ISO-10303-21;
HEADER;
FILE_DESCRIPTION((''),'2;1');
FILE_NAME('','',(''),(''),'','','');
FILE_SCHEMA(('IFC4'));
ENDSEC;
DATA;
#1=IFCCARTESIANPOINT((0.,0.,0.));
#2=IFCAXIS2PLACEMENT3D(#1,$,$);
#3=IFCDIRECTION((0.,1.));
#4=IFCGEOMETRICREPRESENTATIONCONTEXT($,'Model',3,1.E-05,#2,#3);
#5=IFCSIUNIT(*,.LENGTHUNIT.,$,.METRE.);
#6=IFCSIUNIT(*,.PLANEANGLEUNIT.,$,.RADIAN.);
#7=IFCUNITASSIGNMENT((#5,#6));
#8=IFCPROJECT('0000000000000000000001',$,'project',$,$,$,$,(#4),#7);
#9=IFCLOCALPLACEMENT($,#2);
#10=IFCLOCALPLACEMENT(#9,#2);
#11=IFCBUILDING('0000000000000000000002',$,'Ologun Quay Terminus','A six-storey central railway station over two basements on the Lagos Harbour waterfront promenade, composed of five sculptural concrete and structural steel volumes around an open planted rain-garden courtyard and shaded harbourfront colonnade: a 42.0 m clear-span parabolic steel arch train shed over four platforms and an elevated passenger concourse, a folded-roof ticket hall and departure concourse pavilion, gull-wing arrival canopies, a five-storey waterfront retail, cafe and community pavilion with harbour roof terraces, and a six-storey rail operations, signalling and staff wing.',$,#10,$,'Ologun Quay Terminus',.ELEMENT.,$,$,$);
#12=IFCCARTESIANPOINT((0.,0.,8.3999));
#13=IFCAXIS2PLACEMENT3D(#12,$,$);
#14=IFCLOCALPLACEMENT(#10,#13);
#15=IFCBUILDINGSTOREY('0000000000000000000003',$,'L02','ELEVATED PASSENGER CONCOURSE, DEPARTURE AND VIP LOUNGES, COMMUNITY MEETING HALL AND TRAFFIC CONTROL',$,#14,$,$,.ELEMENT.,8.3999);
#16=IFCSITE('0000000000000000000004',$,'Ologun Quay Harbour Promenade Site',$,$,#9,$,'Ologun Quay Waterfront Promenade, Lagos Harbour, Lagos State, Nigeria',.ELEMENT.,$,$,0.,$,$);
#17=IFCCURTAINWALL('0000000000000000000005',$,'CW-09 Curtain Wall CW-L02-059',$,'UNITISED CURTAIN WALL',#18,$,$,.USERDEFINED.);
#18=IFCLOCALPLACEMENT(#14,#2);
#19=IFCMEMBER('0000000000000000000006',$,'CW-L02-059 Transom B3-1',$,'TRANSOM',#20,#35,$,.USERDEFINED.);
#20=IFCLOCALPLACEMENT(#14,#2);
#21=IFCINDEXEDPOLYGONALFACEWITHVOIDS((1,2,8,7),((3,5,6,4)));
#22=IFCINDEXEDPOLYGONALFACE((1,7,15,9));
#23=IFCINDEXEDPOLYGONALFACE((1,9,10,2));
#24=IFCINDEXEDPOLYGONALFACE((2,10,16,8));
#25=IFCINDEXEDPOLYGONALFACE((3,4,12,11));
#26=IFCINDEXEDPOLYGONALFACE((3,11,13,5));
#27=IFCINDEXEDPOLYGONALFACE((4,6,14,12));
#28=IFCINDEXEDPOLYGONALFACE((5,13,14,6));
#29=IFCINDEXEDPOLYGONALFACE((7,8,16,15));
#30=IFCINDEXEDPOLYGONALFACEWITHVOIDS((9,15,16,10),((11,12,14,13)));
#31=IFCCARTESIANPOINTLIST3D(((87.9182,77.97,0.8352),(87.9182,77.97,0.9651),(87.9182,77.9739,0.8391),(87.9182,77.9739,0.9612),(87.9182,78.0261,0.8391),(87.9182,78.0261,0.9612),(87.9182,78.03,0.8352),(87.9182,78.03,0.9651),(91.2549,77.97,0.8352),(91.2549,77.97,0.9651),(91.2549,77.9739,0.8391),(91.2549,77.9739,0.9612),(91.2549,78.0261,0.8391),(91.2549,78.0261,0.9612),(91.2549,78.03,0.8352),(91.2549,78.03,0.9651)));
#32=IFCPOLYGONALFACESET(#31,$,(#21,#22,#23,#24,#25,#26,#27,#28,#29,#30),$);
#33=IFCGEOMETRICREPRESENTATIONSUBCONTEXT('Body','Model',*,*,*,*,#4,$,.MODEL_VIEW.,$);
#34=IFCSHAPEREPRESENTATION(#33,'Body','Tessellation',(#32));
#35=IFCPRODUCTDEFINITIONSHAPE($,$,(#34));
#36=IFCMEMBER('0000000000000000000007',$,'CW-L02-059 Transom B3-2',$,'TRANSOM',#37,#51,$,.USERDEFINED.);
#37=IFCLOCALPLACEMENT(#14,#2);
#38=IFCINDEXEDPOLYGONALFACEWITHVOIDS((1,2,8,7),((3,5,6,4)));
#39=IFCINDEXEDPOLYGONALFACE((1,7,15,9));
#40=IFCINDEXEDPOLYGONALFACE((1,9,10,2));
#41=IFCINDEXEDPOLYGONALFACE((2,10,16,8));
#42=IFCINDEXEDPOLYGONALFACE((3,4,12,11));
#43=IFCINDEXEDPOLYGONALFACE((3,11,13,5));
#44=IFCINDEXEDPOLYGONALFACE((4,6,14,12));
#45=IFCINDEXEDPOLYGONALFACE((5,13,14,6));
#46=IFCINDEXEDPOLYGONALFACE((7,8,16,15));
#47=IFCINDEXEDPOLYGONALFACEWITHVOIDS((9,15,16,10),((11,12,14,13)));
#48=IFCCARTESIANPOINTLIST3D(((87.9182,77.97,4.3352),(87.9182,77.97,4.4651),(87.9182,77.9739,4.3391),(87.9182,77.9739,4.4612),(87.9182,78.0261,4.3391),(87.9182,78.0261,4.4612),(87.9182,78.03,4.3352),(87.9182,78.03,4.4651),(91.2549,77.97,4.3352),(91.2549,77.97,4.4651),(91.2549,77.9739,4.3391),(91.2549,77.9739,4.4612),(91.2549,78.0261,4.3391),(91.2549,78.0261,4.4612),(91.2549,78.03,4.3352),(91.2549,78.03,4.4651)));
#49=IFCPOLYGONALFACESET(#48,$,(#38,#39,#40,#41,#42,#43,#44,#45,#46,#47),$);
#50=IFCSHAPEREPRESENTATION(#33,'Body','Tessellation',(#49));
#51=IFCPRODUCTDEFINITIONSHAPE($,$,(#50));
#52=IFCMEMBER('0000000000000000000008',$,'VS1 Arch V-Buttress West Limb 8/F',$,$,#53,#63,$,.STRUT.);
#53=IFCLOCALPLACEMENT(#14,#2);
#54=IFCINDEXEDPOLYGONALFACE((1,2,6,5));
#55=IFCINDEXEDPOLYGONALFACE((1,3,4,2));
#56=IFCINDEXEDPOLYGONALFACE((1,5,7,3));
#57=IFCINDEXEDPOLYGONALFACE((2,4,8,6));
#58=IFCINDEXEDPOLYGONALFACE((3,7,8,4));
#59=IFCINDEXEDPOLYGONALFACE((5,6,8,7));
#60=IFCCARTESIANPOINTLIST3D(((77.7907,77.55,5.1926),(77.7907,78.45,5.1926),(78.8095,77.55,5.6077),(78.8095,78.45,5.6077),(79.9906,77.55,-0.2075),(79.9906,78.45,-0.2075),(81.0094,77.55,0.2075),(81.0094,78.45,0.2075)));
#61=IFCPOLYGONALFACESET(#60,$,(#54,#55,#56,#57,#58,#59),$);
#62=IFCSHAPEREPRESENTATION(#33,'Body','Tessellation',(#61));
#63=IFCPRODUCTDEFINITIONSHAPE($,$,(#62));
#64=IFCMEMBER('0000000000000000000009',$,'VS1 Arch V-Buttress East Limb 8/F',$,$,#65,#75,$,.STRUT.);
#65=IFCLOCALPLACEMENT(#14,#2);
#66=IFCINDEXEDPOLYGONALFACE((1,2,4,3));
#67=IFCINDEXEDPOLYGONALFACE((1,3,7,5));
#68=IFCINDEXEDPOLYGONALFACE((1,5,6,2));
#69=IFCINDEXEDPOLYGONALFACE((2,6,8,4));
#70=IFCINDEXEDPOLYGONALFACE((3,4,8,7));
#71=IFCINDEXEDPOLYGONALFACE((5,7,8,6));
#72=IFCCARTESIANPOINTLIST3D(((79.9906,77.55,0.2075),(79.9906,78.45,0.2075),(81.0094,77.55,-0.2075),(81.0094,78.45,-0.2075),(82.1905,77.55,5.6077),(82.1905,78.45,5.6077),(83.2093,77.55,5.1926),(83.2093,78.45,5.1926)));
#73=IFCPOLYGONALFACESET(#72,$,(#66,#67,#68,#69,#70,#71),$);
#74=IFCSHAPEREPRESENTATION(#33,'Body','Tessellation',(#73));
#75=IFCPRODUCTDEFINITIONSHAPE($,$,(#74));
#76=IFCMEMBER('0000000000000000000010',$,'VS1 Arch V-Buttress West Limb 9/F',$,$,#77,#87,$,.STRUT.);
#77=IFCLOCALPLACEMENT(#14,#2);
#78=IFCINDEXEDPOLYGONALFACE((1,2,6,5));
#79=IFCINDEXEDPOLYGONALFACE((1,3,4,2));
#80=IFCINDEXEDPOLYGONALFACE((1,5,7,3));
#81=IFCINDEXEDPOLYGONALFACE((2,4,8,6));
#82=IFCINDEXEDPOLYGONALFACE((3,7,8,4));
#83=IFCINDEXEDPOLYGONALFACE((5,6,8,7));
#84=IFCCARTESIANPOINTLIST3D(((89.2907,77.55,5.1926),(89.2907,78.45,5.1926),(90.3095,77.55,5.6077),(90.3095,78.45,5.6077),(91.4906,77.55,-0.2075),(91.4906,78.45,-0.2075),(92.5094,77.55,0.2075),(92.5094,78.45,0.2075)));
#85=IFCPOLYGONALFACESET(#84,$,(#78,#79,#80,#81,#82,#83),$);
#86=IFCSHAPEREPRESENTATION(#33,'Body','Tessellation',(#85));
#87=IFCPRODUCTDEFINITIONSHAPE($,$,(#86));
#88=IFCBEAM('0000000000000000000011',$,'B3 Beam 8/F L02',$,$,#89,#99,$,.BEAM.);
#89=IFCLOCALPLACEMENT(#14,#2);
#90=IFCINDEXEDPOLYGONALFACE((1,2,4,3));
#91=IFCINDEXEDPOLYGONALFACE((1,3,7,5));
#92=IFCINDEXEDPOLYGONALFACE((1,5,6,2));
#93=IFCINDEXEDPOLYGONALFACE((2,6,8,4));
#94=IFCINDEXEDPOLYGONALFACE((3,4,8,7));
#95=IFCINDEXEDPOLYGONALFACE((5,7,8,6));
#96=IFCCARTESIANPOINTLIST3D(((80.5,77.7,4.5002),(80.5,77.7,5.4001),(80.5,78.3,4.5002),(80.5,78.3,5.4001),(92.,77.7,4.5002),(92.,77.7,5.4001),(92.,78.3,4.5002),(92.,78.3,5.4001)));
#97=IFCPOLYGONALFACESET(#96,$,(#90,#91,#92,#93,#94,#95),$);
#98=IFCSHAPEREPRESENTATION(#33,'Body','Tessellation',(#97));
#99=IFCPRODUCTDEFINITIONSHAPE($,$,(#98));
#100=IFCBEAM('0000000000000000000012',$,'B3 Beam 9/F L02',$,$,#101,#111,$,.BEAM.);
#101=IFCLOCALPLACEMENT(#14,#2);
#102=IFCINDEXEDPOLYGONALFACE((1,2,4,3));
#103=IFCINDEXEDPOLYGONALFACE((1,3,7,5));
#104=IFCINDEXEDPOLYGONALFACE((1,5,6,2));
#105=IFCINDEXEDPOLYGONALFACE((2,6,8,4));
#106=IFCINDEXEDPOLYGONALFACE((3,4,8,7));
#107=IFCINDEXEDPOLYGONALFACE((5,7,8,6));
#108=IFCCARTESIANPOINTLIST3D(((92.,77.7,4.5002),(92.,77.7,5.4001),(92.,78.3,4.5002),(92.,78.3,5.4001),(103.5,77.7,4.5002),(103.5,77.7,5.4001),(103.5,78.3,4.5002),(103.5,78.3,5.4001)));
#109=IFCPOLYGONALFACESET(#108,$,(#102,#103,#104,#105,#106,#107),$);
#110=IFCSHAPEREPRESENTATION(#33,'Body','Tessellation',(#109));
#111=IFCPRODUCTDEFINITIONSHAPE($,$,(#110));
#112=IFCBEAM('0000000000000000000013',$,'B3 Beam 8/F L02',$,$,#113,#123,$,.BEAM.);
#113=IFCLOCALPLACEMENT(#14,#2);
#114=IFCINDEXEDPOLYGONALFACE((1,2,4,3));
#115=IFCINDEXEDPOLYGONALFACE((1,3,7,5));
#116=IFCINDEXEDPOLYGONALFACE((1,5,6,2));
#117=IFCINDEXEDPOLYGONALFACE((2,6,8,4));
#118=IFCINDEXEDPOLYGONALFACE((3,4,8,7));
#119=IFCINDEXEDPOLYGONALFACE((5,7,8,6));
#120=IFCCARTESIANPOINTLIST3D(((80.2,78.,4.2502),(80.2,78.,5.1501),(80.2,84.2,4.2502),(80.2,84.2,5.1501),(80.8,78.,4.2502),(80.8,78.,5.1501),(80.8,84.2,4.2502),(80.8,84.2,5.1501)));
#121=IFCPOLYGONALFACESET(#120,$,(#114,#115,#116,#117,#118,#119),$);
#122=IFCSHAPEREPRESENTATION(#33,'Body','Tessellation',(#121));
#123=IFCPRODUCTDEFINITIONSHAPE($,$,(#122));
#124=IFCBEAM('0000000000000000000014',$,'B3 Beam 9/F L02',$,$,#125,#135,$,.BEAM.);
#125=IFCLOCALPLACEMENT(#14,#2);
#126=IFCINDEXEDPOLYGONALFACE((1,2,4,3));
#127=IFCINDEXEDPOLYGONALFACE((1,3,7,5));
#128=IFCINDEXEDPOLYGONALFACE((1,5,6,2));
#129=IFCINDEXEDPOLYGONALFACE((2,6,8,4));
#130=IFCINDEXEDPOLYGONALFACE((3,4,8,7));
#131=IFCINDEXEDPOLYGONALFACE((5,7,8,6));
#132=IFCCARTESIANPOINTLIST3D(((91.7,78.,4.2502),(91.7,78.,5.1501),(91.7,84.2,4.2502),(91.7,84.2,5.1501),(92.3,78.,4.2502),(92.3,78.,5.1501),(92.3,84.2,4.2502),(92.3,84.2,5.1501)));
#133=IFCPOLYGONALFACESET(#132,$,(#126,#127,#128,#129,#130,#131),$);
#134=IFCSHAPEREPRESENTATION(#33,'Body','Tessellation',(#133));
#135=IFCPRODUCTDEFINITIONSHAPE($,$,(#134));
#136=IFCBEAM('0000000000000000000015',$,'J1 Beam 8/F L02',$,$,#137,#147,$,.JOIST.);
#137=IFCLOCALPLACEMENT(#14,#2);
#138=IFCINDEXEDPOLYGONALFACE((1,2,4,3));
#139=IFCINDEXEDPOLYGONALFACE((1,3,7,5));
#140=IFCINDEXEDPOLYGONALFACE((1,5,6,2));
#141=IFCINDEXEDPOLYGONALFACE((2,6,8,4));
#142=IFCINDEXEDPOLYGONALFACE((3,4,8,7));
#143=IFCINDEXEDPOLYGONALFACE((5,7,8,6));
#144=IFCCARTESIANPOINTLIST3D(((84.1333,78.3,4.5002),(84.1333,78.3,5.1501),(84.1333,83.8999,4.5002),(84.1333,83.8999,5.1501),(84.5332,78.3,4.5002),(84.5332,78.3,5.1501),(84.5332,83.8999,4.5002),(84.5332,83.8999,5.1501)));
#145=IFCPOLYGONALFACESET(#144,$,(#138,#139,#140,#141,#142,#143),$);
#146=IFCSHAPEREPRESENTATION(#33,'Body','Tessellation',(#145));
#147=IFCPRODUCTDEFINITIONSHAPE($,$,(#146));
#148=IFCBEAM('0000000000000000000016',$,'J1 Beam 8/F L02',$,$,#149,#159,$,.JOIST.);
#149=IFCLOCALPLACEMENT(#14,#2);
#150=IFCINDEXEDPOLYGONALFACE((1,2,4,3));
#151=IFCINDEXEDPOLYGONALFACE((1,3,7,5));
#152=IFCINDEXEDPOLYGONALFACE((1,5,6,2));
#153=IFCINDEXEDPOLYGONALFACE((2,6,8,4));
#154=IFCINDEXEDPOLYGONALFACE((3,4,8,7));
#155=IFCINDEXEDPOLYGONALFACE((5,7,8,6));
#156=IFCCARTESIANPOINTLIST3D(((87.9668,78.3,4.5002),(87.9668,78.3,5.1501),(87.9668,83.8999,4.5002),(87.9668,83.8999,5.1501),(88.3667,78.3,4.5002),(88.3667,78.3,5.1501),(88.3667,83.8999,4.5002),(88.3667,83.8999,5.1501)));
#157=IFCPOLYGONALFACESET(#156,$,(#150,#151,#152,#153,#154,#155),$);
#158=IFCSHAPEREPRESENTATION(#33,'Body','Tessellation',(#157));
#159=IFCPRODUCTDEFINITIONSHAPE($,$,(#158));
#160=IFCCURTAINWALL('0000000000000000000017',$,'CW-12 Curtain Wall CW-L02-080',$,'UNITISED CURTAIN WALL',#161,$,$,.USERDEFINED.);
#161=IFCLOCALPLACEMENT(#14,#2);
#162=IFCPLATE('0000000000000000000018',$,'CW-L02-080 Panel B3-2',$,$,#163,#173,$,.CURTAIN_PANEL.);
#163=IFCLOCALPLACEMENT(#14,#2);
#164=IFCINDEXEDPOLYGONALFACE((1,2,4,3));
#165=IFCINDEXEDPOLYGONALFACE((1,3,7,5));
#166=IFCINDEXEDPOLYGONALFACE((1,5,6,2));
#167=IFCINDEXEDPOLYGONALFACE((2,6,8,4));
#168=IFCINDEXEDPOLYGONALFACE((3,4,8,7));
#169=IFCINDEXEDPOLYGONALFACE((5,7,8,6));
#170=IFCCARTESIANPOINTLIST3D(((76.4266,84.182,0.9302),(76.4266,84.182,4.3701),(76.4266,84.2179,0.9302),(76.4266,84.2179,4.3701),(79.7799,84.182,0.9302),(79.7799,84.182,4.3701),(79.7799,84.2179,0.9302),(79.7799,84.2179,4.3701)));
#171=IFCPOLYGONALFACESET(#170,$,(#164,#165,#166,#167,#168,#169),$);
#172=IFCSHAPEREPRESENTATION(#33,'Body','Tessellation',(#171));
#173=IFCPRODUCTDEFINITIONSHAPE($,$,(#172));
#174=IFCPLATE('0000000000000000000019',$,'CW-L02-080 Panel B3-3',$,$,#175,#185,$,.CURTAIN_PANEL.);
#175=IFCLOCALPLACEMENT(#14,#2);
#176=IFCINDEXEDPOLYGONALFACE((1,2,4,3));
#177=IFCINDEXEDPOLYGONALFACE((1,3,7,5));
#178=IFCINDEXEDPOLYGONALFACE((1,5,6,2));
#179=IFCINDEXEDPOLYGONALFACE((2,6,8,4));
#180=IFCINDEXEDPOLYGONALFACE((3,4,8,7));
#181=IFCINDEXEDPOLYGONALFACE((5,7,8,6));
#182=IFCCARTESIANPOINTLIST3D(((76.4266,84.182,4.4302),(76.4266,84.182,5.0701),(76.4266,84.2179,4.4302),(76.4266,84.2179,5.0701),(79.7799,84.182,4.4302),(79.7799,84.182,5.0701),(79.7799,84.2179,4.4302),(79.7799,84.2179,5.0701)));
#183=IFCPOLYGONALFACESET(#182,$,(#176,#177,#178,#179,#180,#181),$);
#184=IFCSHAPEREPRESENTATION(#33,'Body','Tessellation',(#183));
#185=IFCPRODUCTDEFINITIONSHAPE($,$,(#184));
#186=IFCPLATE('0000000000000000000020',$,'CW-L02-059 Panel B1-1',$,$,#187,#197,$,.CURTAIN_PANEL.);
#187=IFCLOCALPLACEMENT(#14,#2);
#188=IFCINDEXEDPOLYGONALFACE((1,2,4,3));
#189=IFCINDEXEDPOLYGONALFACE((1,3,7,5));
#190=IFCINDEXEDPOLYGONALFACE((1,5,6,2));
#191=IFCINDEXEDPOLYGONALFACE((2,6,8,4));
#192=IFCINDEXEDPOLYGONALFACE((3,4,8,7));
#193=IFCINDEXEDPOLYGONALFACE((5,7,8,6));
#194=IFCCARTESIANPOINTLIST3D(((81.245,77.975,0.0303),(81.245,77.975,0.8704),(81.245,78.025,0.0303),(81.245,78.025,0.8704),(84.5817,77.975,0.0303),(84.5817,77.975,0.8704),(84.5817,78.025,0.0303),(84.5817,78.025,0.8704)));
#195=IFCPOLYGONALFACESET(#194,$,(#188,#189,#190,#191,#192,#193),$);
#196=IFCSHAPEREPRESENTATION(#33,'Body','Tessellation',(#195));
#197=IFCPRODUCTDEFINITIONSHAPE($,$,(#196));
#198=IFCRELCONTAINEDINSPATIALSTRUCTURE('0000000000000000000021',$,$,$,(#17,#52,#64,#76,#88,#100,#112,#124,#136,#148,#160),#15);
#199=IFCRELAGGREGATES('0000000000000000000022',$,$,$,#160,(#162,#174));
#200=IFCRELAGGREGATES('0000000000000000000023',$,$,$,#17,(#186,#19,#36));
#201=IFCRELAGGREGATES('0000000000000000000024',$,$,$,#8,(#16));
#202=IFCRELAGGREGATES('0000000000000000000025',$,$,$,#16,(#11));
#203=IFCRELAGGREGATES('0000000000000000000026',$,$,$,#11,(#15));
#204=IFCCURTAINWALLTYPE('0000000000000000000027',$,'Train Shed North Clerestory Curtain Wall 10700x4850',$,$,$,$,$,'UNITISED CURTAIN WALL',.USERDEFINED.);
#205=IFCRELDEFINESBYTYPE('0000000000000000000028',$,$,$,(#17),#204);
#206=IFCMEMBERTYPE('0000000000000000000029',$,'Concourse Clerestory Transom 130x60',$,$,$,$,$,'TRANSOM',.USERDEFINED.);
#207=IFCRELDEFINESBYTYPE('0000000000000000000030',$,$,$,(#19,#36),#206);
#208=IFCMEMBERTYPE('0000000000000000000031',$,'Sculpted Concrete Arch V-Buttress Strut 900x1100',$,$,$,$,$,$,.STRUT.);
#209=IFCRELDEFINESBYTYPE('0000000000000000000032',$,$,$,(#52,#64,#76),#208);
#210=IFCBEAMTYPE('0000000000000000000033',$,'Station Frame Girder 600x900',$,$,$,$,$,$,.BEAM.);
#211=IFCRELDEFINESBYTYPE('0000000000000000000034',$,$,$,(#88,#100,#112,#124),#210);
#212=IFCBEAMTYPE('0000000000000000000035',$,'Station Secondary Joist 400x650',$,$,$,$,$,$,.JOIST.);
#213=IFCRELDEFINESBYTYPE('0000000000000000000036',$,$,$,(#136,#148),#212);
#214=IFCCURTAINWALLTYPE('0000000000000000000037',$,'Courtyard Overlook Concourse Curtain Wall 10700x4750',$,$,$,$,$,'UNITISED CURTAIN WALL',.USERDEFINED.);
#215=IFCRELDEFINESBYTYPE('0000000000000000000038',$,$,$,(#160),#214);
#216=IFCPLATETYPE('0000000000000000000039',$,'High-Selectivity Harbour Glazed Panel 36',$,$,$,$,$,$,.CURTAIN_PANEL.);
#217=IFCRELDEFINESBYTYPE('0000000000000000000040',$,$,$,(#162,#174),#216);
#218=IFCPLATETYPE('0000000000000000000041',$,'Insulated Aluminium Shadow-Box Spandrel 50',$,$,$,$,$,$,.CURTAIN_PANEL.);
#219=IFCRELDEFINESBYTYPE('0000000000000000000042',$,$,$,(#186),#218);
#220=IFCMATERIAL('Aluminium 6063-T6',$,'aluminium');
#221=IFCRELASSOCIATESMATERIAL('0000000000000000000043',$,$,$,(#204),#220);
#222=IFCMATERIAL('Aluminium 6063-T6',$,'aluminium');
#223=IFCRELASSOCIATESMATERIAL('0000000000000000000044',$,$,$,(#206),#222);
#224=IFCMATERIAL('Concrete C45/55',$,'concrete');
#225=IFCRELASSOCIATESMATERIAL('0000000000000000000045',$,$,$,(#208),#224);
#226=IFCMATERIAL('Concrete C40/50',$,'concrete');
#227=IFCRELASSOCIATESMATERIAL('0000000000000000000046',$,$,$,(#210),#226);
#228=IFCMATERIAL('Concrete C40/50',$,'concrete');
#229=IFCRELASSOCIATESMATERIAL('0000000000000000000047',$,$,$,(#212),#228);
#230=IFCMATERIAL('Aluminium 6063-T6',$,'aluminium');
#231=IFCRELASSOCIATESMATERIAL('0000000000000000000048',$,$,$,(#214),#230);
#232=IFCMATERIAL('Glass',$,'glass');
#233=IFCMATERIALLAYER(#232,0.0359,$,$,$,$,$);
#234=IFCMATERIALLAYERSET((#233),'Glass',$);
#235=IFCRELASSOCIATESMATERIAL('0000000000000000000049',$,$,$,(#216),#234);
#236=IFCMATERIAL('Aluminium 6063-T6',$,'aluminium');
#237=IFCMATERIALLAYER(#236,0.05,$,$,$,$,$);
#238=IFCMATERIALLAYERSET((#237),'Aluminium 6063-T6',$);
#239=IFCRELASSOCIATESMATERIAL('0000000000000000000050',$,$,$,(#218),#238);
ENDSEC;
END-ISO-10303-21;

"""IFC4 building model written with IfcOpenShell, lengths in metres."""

from ifc_helpers import new_model, si_unit, direction, frame, origin, origin_2d, place, context, subcontext, project, spatial, rectangle, hollow_rectangle, extrude, material, layer, layer_set, material_profile, profile_set, type_object, element, aggregate, save


model = new_model("IFC4")

# Units and contexts
model_context = context("Model", 3, precision=1e-05, world=origin(), true_north=direction((0.0, 1.0)))
body_context = subcontext(model_context, "Body", "Model", "MODEL_VIEW")
ifc_project = project(units=[si_unit("LENGTHUNIT", "METRE"), si_unit("PLANEANGLEUNIT", "RADIAN")], contexts=[model_context])

# Site, building, storey
site_placement = place(None, origin())
site = spatial("IfcSite", under=ifc_project, at=site_placement, Name="Ologun Quay Harbour Promenade Site", LongName="Ologun Quay Waterfront Promenade, Lagos Harbour, Lagos State, Nigeria", CompositionType="ELEMENT", RefElevation=0.0)
building_placement = place(site_placement, origin())
building = spatial("IfcBuilding", under=site, at=building_placement, Name="Ologun Quay Terminus", Description="A six-storey central railway station over two basements on the Lagos Harbour waterfront promenade, composed of five sculptural concrete and structural steel volumes around an open planted rain-garden courtyard and shaded harbourfront colonnade: a 42.0 m clear-span parabolic steel arch train shed over four platforms and an elevated passenger concourse, a folded-roof ticket hall and departure concourse pavilion, gull-wing arrival canopies, a five-storey waterfront retail, cafe and community pavilion with harbour roof terraces, and a six-storey rail operations, signalling and staff wing.", LongName="Ologun Quay Terminus", CompositionType="ELEMENT")
storey_placement = place(building_placement, frame((0.0, 0.0, 8.3999)))
storey = spatial("IfcBuildingStorey", under=building, at=storey_placement, Name="L02", Description="ELEVATED PASSENGER CONCOURSE, DEPARTURE AND VIP LOUNGES, COMMUNITY MEETING HALL AND TRAFFIC CONTROL", CompositionType="ELEMENT", Elevation=8.3999)

# Shared definitions
ifc_material_1 = material(Name="Aluminium 6063-T6", Category="aluminium")
curtain_wall_type_1 = type_object("IfcCurtainWallType", Name="Train Shed North Clerestory Curtain Wall 10700x4850", ElementType="UNITISED CURTAIN WALL", PredefinedType="USERDEFINED", material=ifc_material_1)

# Curtain wall, members
curtain_wall_1_placement = place(storey_placement, origin())
curtain_wall_1 = element("IfcCurtainWall", 1, at=curtain_wall_1_placement, inside=storey, type_object=curtain_wall_type_1, Name="CW-09 Curtain Wall CW-L02-059", ObjectType="UNITISED CURTAIN WALL", PredefinedType="USERDEFINED")
ifc_material_2 = material(Name="Aluminium 6063-T6", Category="aluminium")
ifc_material_profile_1 = material_profile(ifc_material_2, hollow_rectangle(XDim=0.0601, YDim=0.1299, WallThickness=0.0039, at=origin_2d()), Name="ALU 130x60x4")
ifc_profile_set_1 = profile_set([ifc_material_profile_1], Name="Aluminium 6063-T6")
member_type_1 = type_object("IfcMemberType", Name="Concourse Clerestory Transom 130x60", ElementType="TRANSOM", PredefinedType="USERDEFINED", material=ifc_profile_set_1)
member_1_placement = place(storey_placement, frame((87.9182, 78.0, 0.9001), z_axis=(1.0, 0.0, 0.0), x_axis=(0.0, 1.0, 0.0)))
member_1 = element("IfcMember", 2, at=member_1_placement, type_object=member_type_1, Name="CW-L02-059 Transom B3-1", ObjectType="TRANSOM", PredefinedType="USERDEFINED", context=body_context, shape_type="SweptSolid", body=[
    extrude(hollow_rectangle(XDim=0.0601, YDim=0.1299, WallThickness=0.0039, at=origin_2d()), origin(), (0.0, 0.0, 1.0), 3.3367),
])
member_2_placement = place(storey_placement, frame((87.9182, 78.0, 4.4001), z_axis=(1.0, 0.0, 0.0), x_axis=(0.0, 1.0, 0.0)))
member_2 = element("IfcMember", 3, at=member_2_placement, type_object=member_type_1, Name="CW-L02-059 Transom B3-2", ObjectType="TRANSOM", PredefinedType="USERDEFINED", context=body_context, shape_type="SweptSolid", body=[
    extrude(hollow_rectangle(XDim=0.0601, YDim=0.1299, WallThickness=0.0039, at=origin_2d()), origin(), (0.0, 0.0, 1.0), 3.3367),
])

# Members
ifc_material_3 = material(Name="Concrete C45/55", Category="concrete")
ifc_material_profile_2 = material_profile(ifc_material_3, rectangle(XDim=0.8999, YDim=1.1001, at=origin_2d()), Name="RC 900x1100")
ifc_profile_set_2 = profile_set([ifc_material_profile_2], Name="Concrete C45/55")
member_type_2 = type_object("IfcMemberType", Name="Sculpted Concrete Arch V-Buttress Strut 900x1100", PredefinedType="STRUT", material=ifc_profile_set_2)
for number, where, z_axis, x_axis, name in (
    (4, (80.5, 78.0, 0.0), (-0.377281, 0.0, 0.926099), (0.0, -1.0, 0.0), "VS1 Arch V-Buttress West Limb 8/F"),
    (5, (80.5, 78.0, 0.0), (0.377281, 0.0, 0.926099), (0.0, 1.0, 0.0), "VS1 Arch V-Buttress East Limb 8/F"),
    (6, (92.0, 78.0, 0.0), (-0.377281, 0.0, 0.926099), (0.0, -1.0, 0.0), "VS1 Arch V-Buttress West Limb 9/F"),
):
    element("IfcMember", number, at=place(storey_placement, frame(where, z_axis=z_axis, x_axis=x_axis)), inside=storey, type_object=member_type_2, Name=name, PredefinedType="STRUT", context=body_context, shape_type="SweptSolid", body=[
        extrude(rectangle(XDim=0.8999, YDim=1.1001, at=origin_2d()), origin(), (0.0, 0.0, 1.0), 5.8311),
    ])

# Beams
ifc_material_4 = material(Name="Concrete C40/50", Category="concrete")
ifc_material_profile_3 = material_profile(ifc_material_4, rectangle(XDim=0.6001, YDim=0.8999, at=origin_2d()), Name="RC 600x900")
ifc_profile_set_3 = profile_set([ifc_material_profile_3], Name="Concrete C40/50")
beam_type_1 = type_object("IfcBeamType", Name="Station Frame Girder 600x900", PredefinedType="BEAM", material=ifc_profile_set_3)
for number, where, z_axis, x_axis, name in (
    (7, (80.5, 78.0, 4.9502), (1.0, 0.0, 0.0), (0.0, 1.0, 0.0), "B3 Beam 8/F L02"),
    (8, (92.0, 78.0, 4.9502), (1.0, 0.0, 0.0), (0.0, 1.0, 0.0), "B3 Beam 9/F L02"),
):
    element("IfcBeam", number, at=place(storey_placement, frame(where, z_axis=z_axis, x_axis=x_axis)), inside=storey, type_object=beam_type_1, Name=name, PredefinedType="BEAM", context=body_context, shape_type="SweptSolid", body=[
        extrude(rectangle(XDim=0.6001, YDim=0.8999, at=origin_2d()), origin(), (0.0, 0.0, 1.0), 11.5),
    ])
for number, where, z_axis, x_axis, name in (
    (9, (80.5, 78.0, 4.7002), (0.0, 1.0, 0.0), (-1.0, 0.0, 0.0), "B3 Beam 8/F L02"),
    (10, (92.0, 78.0, 4.7002), (0.0, 1.0, 0.0), (-1.0, 0.0, 0.0), "B3 Beam 9/F L02"),
):
    element("IfcBeam", number, at=place(storey_placement, frame(where, z_axis=z_axis, x_axis=x_axis)), inside=storey, type_object=beam_type_1, Name=name, PredefinedType="BEAM", context=body_context, shape_type="SweptSolid", body=[
        extrude(rectangle(XDim=0.6001, YDim=0.8999, at=origin_2d()), origin(), (0.0, 0.0, 1.0), 6.2),
    ])
ifc_material_5 = material(Name="Concrete C40/50", Category="concrete")
ifc_material_profile_4 = material_profile(ifc_material_5, rectangle(XDim=0.3999, YDim=0.6499, at=origin_2d()), Name="RC 400x650")
ifc_profile_set_4 = profile_set([ifc_material_profile_4], Name="Concrete C40/50")
beam_type_2 = type_object("IfcBeamType", Name="Station Secondary Joist 400x650", PredefinedType="JOIST", material=ifc_profile_set_4)
for number, where, z_axis, x_axis, name in (
    (11, (84.3333, 78.3, 4.8252), (0.0, 1.0, 0.0), (-1.0, 0.0, 0.0), "J1 Beam 8/F L02"),
    (12, (88.1667, 78.3, 4.8252), (0.0, 1.0, 0.0), (-1.0, 0.0, 0.0), "J1 Beam 8/F L02"),
):
    element("IfcBeam", number, at=place(storey_placement, frame(where, z_axis=z_axis, x_axis=x_axis)), inside=storey, type_object=beam_type_2, Name=name, PredefinedType="JOIST", context=body_context, shape_type="SweptSolid", body=[
        extrude(rectangle(XDim=0.3999, YDim=0.6499, at=origin_2d()), origin(), (0.0, 0.0, 1.0), 5.5999),
    ])

# Curtain wall, plates
ifc_material_6 = material(Name="Aluminium 6063-T6", Category="aluminium")
curtain_wall_type_2 = type_object("IfcCurtainWallType", Name="Courtyard Overlook Concourse Curtain Wall 10700x4750", ElementType="UNITISED CURTAIN WALL", PredefinedType="USERDEFINED", material=ifc_material_6)
curtain_wall_2_placement = place(storey_placement, origin())
curtain_wall_2 = element("IfcCurtainWall", 13, at=curtain_wall_2_placement, inside=storey, type_object=curtain_wall_type_2, Name="CW-12 Curtain Wall CW-L02-080", ObjectType="UNITISED CURTAIN WALL", PredefinedType="USERDEFINED")
ifc_material_7 = material(Name="Glass", Category="glass")
ifc_layer_1 = layer(ifc_material_7, 0.0359)
ifc_layer_set_1 = layer_set([ifc_layer_1], Name="Glass")
plate_type_1 = type_object("IfcPlateType", Name="High-Selectivity Harbour Glazed Panel 36", PredefinedType="CURTAIN_PANEL", material=ifc_layer_set_1)
plate_1_placement = place(storey_placement, frame((78.1033, 84.2, 0.9302), z_axis=(0.0, 0.0, 1.0), x_axis=(1.0, 0.0, 0.0)))
plate_1 = element("IfcPlate", 14, at=plate_1_placement, type_object=plate_type_1, Name="CW-L02-080 Panel B3-2", PredefinedType="CURTAIN_PANEL", context=body_context, shape_type="SweptSolid", body=[
    extrude(rectangle(XDim=3.3533, YDim=0.0359, at=origin_2d()), origin(), (0.0, 0.0, 1.0), 3.4399),
])
plate_2_placement = place(storey_placement, frame((78.1033, 84.2, 4.4302), z_axis=(0.0, 0.0, 1.0), x_axis=(1.0, 0.0, 0.0)))
plate_2 = element("IfcPlate", 15, at=plate_2_placement, type_object=plate_type_1, Name="CW-L02-080 Panel B3-3", PredefinedType="CURTAIN_PANEL", context=body_context, shape_type="SweptSolid", body=[
    extrude(rectangle(XDim=3.3533, YDim=0.0359, at=origin_2d()), origin(), (0.0, 0.0, 1.0), 0.6399),
])
aggregate(curtain_wall_2, [plate_1, plate_2])

# Plate
ifc_material_8 = material(Name="Aluminium 6063-T6", Category="aluminium")
ifc_layer_2 = layer(ifc_material_8, 0.05)
ifc_layer_set_2 = layer_set([ifc_layer_2], Name="Aluminium 6063-T6")
plate_type_2 = type_object("IfcPlateType", Name="Insulated Aluminium Shadow-Box Spandrel 50", PredefinedType="CURTAIN_PANEL", material=ifc_layer_set_2)
plate_3_placement = place(storey_placement, frame((82.9133, 78.0, 0.0303), z_axis=(0.0, 0.0, 1.0), x_axis=(1.0, 0.0, 0.0)))
plate_3 = element("IfcPlate", 16, at=plate_3_placement, type_object=plate_type_2, Name="CW-L02-059 Panel B1-1", PredefinedType="CURTAIN_PANEL", context=body_context, shape_type="SweptSolid", body=[
    extrude(rectangle(XDim=3.3367, YDim=0.05, at=origin_2d()), origin(), (0.0, 0.0, 1.0), 0.8401),
])
aggregate(curtain_wall_1, [plate_3, member_1, member_2])

save(model, "model.ifc")
